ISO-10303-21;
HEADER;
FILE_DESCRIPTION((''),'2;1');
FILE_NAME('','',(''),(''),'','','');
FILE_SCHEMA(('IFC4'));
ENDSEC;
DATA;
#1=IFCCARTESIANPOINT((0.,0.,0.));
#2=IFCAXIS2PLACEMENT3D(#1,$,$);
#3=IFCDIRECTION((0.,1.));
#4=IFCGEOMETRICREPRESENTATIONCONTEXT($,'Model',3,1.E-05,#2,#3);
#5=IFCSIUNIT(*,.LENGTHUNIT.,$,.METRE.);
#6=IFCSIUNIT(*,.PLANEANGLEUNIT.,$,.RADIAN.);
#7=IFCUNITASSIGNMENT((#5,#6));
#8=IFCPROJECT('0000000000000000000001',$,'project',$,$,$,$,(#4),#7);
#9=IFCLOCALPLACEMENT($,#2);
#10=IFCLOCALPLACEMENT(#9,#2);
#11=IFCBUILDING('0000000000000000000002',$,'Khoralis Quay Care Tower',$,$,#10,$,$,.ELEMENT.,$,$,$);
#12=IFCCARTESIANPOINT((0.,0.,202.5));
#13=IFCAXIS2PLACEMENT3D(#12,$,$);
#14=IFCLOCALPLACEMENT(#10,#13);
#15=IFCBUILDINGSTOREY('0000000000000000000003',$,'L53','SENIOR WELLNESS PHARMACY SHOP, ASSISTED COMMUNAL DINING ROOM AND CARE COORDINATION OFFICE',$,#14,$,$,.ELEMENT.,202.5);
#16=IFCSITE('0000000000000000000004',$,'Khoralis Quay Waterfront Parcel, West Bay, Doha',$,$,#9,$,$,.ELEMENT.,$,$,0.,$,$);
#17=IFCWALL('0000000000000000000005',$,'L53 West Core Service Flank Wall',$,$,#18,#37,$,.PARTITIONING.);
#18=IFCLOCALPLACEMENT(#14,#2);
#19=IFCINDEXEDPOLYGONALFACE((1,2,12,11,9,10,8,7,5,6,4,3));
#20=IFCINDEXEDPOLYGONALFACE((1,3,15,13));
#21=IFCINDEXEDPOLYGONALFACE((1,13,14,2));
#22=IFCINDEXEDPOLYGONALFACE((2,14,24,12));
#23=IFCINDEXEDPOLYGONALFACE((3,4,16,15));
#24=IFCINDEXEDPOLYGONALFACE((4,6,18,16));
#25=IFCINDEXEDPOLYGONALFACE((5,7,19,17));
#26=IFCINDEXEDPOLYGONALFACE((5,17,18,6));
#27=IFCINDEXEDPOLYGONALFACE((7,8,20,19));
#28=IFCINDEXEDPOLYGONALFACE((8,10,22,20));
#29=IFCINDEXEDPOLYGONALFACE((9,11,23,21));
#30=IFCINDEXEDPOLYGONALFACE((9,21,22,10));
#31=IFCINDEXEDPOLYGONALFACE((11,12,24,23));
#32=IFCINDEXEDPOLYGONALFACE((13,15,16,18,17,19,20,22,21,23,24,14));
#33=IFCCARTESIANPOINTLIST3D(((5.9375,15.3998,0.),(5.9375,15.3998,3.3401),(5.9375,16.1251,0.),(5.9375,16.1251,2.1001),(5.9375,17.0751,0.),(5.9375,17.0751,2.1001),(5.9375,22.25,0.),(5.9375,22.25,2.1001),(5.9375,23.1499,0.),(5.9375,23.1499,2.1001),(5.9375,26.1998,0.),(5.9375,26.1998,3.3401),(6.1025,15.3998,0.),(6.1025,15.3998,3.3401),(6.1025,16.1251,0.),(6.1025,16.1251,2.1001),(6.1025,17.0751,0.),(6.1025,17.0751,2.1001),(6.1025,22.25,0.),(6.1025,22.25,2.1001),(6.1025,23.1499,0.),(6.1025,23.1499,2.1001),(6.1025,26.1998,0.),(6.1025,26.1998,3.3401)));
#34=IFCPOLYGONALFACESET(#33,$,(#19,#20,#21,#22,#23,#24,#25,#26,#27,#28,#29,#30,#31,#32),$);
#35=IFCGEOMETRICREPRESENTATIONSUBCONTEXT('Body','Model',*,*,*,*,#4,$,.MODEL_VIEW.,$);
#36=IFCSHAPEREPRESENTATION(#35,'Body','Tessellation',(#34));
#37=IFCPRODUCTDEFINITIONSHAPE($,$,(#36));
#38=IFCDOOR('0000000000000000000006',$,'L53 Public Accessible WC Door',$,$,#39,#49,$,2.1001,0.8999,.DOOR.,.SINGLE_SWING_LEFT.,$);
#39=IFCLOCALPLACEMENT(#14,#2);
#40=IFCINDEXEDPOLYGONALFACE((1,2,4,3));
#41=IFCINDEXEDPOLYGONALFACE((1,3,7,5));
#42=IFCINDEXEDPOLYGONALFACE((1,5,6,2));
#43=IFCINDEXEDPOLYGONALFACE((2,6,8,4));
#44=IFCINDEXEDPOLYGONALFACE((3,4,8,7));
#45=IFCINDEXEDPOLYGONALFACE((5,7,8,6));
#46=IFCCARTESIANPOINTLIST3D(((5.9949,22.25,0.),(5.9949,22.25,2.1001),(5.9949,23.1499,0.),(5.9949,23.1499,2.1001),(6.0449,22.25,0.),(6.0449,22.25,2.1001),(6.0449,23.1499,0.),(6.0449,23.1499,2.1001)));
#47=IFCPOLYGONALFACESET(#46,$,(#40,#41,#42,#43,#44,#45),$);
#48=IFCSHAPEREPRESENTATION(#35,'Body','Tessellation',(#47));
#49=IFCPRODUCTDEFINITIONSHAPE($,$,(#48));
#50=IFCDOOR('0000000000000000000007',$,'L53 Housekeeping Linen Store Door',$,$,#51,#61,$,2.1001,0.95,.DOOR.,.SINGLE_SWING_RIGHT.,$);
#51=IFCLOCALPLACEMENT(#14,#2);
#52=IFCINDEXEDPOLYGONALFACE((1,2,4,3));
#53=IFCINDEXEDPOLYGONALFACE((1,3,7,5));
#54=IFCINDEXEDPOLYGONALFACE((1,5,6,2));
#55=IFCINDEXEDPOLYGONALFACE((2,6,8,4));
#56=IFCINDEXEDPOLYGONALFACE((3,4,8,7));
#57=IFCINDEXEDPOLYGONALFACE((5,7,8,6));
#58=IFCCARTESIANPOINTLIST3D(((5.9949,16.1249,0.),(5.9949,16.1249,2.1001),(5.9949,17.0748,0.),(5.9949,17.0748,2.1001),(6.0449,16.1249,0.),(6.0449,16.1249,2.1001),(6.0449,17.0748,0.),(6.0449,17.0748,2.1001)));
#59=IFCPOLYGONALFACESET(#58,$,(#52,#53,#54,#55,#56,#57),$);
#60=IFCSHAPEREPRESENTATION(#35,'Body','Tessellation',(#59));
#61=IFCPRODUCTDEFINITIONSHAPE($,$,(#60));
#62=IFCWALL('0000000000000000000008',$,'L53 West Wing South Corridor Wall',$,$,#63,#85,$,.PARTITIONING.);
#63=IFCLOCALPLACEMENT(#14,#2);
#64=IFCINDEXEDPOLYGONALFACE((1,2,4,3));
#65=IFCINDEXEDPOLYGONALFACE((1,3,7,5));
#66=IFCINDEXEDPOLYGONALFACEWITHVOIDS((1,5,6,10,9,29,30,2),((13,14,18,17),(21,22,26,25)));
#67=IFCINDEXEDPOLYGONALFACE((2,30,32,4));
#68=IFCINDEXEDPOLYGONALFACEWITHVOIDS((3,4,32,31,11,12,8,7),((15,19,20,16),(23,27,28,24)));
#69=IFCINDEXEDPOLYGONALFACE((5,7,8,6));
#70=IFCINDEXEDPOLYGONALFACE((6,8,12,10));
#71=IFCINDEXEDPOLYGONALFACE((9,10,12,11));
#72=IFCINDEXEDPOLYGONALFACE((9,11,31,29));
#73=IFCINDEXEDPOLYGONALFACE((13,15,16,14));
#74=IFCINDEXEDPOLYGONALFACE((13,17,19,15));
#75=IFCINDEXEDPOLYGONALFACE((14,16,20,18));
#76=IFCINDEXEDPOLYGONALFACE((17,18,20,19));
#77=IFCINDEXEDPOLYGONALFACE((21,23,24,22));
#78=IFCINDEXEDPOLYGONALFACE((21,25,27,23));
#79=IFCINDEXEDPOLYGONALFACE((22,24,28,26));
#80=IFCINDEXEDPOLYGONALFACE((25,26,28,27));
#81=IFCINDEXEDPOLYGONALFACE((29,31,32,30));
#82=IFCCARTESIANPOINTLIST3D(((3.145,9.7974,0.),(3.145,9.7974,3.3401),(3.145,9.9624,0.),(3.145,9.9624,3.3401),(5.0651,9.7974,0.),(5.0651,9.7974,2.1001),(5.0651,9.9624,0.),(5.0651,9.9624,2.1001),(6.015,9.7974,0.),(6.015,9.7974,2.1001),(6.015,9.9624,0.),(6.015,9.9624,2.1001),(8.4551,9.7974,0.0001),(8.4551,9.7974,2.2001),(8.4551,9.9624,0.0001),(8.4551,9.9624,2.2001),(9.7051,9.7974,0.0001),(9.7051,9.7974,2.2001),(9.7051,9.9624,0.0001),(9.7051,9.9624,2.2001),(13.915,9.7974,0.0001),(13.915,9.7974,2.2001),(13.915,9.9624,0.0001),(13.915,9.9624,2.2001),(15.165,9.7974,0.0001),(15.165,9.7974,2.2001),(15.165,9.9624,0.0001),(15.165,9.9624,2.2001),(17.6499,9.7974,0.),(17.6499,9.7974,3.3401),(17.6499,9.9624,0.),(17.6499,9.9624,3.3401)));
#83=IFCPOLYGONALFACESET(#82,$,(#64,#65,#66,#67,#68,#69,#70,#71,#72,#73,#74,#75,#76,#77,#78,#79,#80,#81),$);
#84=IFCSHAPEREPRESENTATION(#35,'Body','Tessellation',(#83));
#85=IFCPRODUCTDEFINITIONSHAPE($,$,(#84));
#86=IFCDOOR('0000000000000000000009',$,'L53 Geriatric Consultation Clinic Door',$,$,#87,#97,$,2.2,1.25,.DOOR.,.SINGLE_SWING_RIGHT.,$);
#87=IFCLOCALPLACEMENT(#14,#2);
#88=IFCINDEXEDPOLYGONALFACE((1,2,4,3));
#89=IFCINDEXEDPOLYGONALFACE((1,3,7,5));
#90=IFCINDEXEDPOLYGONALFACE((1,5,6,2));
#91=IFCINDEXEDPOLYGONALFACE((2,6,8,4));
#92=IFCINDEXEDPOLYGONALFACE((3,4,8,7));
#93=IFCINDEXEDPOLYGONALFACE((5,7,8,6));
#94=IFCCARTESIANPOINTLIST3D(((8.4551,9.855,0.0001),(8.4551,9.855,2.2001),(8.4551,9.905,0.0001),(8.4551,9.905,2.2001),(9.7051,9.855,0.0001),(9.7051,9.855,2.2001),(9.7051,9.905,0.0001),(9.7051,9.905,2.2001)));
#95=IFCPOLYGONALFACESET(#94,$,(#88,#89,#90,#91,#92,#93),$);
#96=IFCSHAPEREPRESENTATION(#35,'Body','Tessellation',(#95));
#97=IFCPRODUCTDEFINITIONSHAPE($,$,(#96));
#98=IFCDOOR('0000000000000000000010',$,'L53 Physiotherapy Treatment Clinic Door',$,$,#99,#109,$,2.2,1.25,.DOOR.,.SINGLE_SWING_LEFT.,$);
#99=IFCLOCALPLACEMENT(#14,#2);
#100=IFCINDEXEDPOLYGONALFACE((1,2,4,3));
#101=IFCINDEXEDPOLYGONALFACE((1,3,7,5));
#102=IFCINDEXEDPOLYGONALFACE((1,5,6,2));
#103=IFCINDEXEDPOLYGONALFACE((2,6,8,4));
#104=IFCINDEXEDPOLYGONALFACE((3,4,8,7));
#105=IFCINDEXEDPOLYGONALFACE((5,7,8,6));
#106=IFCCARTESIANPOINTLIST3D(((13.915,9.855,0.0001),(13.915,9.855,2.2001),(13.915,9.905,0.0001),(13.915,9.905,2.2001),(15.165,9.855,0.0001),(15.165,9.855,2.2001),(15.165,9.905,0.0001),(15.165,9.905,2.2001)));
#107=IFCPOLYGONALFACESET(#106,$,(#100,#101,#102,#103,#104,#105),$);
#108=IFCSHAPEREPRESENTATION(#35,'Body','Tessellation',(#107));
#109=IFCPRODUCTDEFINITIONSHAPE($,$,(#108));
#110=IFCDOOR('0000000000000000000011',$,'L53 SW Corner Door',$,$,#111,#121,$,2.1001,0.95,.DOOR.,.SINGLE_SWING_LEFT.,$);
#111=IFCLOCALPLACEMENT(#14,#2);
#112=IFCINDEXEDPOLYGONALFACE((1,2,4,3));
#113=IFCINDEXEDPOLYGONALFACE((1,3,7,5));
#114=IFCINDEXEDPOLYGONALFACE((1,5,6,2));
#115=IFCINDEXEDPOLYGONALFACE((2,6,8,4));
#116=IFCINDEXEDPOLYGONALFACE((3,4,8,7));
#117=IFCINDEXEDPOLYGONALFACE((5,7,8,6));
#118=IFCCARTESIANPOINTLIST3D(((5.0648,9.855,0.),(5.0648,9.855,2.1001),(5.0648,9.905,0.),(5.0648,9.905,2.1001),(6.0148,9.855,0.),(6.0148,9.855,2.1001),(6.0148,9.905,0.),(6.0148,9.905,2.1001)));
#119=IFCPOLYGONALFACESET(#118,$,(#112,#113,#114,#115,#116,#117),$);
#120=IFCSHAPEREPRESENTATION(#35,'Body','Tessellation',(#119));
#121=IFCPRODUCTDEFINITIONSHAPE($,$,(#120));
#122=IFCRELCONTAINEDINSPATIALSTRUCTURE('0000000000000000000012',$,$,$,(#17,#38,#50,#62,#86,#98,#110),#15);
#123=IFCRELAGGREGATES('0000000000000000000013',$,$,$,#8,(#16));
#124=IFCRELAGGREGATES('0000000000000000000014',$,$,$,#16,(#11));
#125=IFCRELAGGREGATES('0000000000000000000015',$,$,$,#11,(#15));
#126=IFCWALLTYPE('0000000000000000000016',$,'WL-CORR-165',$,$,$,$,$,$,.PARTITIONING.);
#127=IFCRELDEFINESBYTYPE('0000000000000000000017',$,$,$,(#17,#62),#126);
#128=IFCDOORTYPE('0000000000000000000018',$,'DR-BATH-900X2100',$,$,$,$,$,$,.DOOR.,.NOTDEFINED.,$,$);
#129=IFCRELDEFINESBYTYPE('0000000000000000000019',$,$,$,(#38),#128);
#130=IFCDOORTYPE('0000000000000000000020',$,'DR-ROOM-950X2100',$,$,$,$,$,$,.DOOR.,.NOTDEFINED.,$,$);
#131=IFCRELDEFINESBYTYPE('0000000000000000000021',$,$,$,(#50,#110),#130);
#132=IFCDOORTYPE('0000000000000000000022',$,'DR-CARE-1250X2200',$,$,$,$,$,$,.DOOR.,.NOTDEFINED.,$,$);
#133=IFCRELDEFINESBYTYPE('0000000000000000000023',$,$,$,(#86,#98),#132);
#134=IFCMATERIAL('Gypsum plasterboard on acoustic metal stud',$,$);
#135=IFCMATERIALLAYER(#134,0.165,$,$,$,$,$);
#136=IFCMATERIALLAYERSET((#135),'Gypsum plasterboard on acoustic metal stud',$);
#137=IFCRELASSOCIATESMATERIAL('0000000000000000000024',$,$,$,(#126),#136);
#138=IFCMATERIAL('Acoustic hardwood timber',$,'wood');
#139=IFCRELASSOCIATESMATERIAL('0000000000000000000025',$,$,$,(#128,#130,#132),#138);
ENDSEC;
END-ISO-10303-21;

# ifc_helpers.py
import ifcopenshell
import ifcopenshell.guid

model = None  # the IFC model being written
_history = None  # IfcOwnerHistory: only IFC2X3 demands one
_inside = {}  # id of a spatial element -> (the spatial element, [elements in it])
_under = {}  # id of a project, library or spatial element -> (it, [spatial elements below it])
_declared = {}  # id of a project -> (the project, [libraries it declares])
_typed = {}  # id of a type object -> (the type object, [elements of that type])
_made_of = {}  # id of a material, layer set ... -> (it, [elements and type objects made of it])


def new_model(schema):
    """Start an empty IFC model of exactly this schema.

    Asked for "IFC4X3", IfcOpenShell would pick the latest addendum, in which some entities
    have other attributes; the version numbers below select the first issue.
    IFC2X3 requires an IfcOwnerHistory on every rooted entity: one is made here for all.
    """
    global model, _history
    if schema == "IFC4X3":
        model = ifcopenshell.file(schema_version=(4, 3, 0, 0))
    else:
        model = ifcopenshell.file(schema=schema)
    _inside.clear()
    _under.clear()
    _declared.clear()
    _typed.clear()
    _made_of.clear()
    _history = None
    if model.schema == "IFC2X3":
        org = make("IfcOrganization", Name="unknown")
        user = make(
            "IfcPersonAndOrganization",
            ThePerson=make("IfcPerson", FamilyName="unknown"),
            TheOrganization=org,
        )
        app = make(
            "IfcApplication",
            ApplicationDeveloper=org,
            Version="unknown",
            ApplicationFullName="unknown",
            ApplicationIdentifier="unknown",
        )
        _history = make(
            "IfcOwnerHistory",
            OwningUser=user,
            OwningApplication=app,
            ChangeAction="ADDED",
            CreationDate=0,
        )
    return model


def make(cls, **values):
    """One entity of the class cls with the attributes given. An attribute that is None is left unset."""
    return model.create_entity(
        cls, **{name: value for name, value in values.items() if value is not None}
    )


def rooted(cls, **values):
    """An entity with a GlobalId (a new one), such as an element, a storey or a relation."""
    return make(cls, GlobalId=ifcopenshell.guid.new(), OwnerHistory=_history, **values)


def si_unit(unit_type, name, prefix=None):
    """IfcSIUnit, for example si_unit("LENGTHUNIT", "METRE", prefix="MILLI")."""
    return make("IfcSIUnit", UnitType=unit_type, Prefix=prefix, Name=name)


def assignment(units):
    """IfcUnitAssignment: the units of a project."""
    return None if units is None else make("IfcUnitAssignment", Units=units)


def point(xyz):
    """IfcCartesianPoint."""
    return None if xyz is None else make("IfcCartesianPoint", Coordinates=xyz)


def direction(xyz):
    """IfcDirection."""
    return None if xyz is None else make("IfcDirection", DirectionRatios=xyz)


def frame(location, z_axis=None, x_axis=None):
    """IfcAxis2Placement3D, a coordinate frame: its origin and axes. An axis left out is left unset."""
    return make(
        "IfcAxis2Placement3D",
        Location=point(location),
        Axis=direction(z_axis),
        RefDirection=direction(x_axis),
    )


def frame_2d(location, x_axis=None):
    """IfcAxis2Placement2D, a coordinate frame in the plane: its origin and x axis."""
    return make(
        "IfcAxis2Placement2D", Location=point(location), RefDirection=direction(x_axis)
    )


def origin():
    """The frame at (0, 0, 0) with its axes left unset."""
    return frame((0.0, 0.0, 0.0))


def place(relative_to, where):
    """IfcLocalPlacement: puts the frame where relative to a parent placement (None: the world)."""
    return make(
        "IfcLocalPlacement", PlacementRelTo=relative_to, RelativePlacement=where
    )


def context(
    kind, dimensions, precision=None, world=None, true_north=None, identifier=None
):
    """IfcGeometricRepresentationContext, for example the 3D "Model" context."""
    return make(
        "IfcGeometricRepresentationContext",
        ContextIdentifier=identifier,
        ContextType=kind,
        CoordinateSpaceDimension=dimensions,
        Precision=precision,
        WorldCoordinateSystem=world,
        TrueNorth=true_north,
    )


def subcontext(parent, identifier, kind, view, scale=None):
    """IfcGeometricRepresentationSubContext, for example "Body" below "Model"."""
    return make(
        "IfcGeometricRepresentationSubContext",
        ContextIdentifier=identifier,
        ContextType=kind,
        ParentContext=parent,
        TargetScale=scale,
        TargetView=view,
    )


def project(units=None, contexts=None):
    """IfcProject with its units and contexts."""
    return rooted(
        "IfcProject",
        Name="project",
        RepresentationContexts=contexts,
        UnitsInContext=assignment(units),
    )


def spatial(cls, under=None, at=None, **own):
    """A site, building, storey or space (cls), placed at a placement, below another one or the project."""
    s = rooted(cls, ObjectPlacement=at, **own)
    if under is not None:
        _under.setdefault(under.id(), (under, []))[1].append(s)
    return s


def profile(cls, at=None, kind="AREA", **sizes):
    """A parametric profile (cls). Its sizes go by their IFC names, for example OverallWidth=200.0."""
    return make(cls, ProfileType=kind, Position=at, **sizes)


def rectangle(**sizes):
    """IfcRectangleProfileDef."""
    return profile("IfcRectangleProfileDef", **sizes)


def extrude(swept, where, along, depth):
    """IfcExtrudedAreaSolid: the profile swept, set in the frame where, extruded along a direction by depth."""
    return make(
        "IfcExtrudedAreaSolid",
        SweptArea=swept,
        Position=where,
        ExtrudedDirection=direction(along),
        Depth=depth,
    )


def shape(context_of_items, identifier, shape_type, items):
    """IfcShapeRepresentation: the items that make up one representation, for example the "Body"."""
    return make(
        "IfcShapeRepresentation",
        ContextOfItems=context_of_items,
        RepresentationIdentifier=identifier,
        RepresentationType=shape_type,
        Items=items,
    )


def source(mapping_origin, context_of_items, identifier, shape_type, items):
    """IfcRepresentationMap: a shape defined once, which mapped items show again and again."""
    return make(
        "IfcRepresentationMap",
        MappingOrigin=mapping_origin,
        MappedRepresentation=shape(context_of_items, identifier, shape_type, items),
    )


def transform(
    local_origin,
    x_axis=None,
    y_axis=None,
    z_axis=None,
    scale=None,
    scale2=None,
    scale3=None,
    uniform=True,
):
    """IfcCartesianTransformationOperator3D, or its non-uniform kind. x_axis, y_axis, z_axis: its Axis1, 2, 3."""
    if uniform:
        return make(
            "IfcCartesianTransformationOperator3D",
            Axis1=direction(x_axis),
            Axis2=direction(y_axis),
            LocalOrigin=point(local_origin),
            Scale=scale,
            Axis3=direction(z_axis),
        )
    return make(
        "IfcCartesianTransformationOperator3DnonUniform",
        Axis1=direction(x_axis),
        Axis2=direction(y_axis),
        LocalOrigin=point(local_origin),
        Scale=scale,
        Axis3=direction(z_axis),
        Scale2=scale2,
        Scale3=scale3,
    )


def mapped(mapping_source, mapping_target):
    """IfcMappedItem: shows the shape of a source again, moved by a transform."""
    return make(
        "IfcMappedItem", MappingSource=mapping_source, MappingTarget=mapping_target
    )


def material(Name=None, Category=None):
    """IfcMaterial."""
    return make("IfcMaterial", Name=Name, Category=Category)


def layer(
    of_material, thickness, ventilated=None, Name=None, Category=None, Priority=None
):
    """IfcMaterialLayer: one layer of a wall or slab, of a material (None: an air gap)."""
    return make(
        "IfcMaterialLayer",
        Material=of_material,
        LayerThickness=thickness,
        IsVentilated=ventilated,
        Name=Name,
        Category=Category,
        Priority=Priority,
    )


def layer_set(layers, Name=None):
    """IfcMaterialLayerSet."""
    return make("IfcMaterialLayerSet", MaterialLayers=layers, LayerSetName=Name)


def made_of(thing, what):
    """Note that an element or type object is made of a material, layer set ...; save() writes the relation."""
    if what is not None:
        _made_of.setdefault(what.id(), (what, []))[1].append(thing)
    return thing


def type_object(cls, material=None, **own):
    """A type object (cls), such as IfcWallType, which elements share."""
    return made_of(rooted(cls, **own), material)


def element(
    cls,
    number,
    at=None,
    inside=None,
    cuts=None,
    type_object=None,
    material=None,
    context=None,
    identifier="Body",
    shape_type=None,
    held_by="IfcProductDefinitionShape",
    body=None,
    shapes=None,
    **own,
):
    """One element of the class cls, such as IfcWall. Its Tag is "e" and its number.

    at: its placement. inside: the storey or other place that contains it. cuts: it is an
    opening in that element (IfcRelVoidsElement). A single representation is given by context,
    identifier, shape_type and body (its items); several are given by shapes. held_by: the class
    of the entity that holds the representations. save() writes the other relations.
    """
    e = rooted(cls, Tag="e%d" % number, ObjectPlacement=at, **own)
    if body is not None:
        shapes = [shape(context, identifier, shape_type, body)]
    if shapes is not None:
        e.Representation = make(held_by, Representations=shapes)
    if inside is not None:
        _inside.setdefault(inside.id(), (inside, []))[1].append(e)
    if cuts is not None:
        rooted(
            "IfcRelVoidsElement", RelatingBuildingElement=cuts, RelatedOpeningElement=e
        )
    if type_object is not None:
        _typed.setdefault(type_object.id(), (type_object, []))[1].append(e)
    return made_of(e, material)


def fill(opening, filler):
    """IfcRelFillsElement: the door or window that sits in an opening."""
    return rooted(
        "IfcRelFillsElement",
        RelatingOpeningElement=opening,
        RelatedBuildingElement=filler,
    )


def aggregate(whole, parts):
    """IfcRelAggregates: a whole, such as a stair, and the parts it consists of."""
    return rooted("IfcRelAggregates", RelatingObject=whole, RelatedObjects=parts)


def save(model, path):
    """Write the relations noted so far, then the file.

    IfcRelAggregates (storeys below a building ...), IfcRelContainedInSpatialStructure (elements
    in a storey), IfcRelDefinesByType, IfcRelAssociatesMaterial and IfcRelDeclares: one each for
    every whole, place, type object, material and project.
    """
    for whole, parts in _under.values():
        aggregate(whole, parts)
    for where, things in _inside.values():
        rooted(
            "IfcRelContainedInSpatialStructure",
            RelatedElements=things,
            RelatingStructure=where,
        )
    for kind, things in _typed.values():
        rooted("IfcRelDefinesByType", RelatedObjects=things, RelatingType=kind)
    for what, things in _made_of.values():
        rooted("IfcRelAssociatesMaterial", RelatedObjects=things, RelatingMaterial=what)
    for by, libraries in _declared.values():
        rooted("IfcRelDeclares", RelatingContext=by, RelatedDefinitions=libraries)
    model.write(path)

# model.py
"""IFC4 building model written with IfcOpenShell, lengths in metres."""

from ifc_helpers import new_model, si_unit, direction, frame, frame_2d, origin, place, context, subcontext, project, spatial, rectangle, extrude, source, transform, mapped, material, layer, layer_set, type_object, element, fill, save


model = new_model("IFC4")

# Units and contexts
model_context = context("Model", 3, precision=1e-05, world=origin(), true_north=direction((0.0, 1.0)))
body_context = subcontext(model_context, "Body", "Model", "MODEL_VIEW")
ifc_project = project(units=[si_unit("LENGTHUNIT", "METRE"), si_unit("PLANEANGLEUNIT", "RADIAN")], contexts=[model_context])

# Site, building, storey
site_placement = place(None, origin())
site = spatial("IfcSite", under=ifc_project, at=site_placement, Name="Khoralis Quay Waterfront Parcel, West Bay, Doha", CompositionType="ELEMENT", RefElevation=0.0)
building_placement = place(site_placement, origin())
building = spatial("IfcBuilding", under=site, at=building_placement, Name="Khoralis Quay Care Tower", CompositionType="ELEMENT")
storey_placement = place(building_placement, frame((0.0, 0.0, 202.5)))
storey = spatial("IfcBuildingStorey", under=building, at=storey_placement, Name="L53", Description="SENIOR WELLNESS PHARMACY SHOP, ASSISTED COMMUNAL DINING ROOM AND CARE COORDINATION OFFICE", CompositionType="ELEMENT", Elevation=202.5)

# Walls, openings, doors
ifc_material_1 = material(Name="Gypsum plasterboard on acoustic metal stud")
ifc_layer_1 = layer(ifc_material_1, 0.165)
ifc_layer_set_1 = layer_set([ifc_layer_1], Name="Gypsum plasterboard on acoustic metal stud")
wall_type_1 = type_object("IfcWallType", Name="WL-CORR-165", PredefinedType="PARTITIONING", material=ifc_layer_set_1)
wall_1_placement = place(storey_placement, frame((6.02, 15.3999, 0.0), z_axis=(0.0, 0.0, 1.0), x_axis=(0.0, 1.0, 0.0)))
wall_1 = element("IfcWall", 1, at=wall_1_placement, inside=storey, type_object=wall_type_1, Name="L53 West Core Service Flank Wall", PredefinedType="PARTITIONING", context=body_context, shape_type="SweptSolid", body=[
    extrude(rectangle(XDim=10.8, YDim=0.165, at=frame_2d((5.3999, 0.0))), origin(), (0.0, 0.0, 1.0), 3.3401),
])
opening_1_placement = place(wall_1_placement, frame((0.7251, 0.0, 0.0)))
opening_1 = element("IfcOpeningElement", 2, at=opening_1_placement, cuts=wall_1, PredefinedType="OPENING", context=body_context, shape_type="SweptSolid", body=[
    extrude(rectangle(XDim=0.95, YDim=2.1001, at=frame_2d((0.4751, 1.05))), frame((0.0, 0.0925, 0.0), z_axis=(0.0, -1.0, 0.0), x_axis=(1.0, 0.0, 0.0)), (0.0, 0.0, 1.0), 0.1851),
])
opening_2_placement = place(wall_1_placement, frame((6.8501, 0.0, 0.0)))
opening_2 = element("IfcOpeningElement", 3, at=opening_2_placement, cuts=wall_1, PredefinedType="OPENING", context=body_context, shape_type="SweptSolid", body=[
    extrude(rectangle(XDim=0.8999, YDim=2.1001, at=frame_2d((0.45, 1.05))), frame((0.0, 0.0925, 0.0), z_axis=(0.0, -1.0, 0.0), x_axis=(1.0, 0.0, 0.0)), (0.0, 0.0, 1.0), 0.1851),
])
ifc_material_2 = material(Name="Acoustic hardwood timber", Category="wood")
door_type_1 = type_object("IfcDoorType", Name="DR-BATH-900X2100", OperationType="NOTDEFINED", PredefinedType="DOOR", material=ifc_material_2)
shared_shape_1 = source(origin(), body_context, "Body", "SweptSolid", [
    extrude(rectangle(XDim=0.8999, YDim=2.1001, at=frame_2d((0.45, 1.05))), frame((0.0, 0.0249, 0.0), z_axis=(0.0, -1.0, 0.0), x_axis=(1.0, 0.0, 0.0)), (0.0, 0.0, 1.0), 0.05),
])
door_1_placement = place(opening_2_placement, frame((0.8999, 0.0, 0.0), z_axis=(0.0, 0.0, 1.0), x_axis=(-1.0, 0.0, 0.0)))
door_1 = element("IfcDoor", 4, at=door_1_placement, inside=storey, type_object=door_type_1, Name="L53 Public Accessible WC Door", OperationType="SINGLE_SWING_LEFT", OverallHeight=2.1001, OverallWidth=0.8999, PredefinedType="DOOR", context=body_context, shape_type="MappedRepresentation", body=[
    mapped(shared_shape_1, transform((0.0, 0.0, 0.0), scale=1.0)),
])
fill(opening_2, door_1)
door_type_2 = type_object("IfcDoorType", Name="DR-ROOM-950X2100", OperationType="NOTDEFINED", PredefinedType="DOOR", material=ifc_material_2)
shared_shape_2 = source(origin(), body_context, "Body", "SweptSolid", [
    extrude(rectangle(XDim=0.95, YDim=2.1001, at=frame_2d((0.4751, 1.05))), frame((0.0, 0.0249, 0.0), z_axis=(0.0, -1.0, 0.0), x_axis=(1.0, 0.0, 0.0)), (0.0, 0.0, 1.0), 0.05),
])
door_2_placement = place(opening_1_placement, frame((0.95, 0.0, 0.0), z_axis=(0.0, 0.0, 1.0), x_axis=(-1.0, 0.0, 0.0)))
door_2 = element("IfcDoor", 5, at=door_2_placement, inside=storey, type_object=door_type_2, Name="L53 Housekeeping Linen Store Door", OperationType="SINGLE_SWING_RIGHT", OverallHeight=2.1001, OverallWidth=0.95, PredefinedType="DOOR", context=body_context, shape_type="MappedRepresentation", body=[
    mapped(shared_shape_2, transform((0.0, 0.0, 0.0), scale=1.0)),
])
fill(opening_1, door_2)
wall_2_placement = place(storey_placement, frame((3.145, 9.8799, 0.0), z_axis=(0.0, 0.0, 1.0), x_axis=(1.0, 0.0, 0.0)))
wall_2 = element("IfcWall", 6, at=wall_2_placement, inside=storey, type_object=wall_type_1, Name="L53 West Wing South Corridor Wall", PredefinedType="PARTITIONING", context=body_context, shape_type="SweptSolid", body=[
    extrude(rectangle(XDim=14.5049, YDim=0.165, at=frame_2d((7.2524, 0.0))), origin(), (0.0, 0.0, 1.0), 3.3401),
])
opening_3_placement = place(wall_2_placement, frame((5.3101, 0.0, 0.0)))
opening_3 = element("IfcOpeningElement", 7, at=opening_3_placement, cuts=wall_2, PredefinedType="OPENING", context=body_context, shape_type="SweptSolid", body=[
    extrude(rectangle(XDim=1.25, YDim=2.2, at=frame_2d((0.625, 1.1001))), frame((0.0, 0.0925, 0.0), z_axis=(0.0, -1.0, 0.0), x_axis=(1.0, 0.0, 0.0)), (0.0, 0.0, 1.0), 0.1851),
])
opening_4_placement = place(wall_2_placement, frame((10.77, 0.0, 0.0)))
opening_4 = element("IfcOpeningElement", 8, at=opening_4_placement, cuts=wall_2, PredefinedType="OPENING", context=body_context, shape_type="SweptSolid", body=[
    extrude(rectangle(XDim=1.25, YDim=2.2, at=frame_2d((0.625, 1.1001))), frame((0.0, 0.0925, 0.0), z_axis=(0.0, -1.0, 0.0), x_axis=(1.0, 0.0, 0.0)), (0.0, 0.0, 1.0), 0.1851),
])
opening_5_placement = place(wall_2_placement, frame((1.9199, 0.0, 0.0)))
opening_5 = element("IfcOpeningElement", 9, at=opening_5_placement, cuts=wall_2, PredefinedType="OPENING", context=body_context, shape_type="SweptSolid", body=[
    extrude(rectangle(XDim=0.95, YDim=2.1001, at=frame_2d((0.4751, 1.05))), frame((0.0, 0.0925, 0.0), z_axis=(0.0, -1.0, 0.0), x_axis=(1.0, 0.0, 0.0)), (0.0, 0.0, 1.0), 0.1851),
])
door_type_3 = type_object("IfcDoorType", Name="DR-CARE-1250X2200", OperationType="NOTDEFINED", PredefinedType="DOOR", material=ifc_material_2)
shared_shape_3 = source(origin(), body_context, "Body", "SweptSolid", [
    extrude(rectangle(XDim=1.25, YDim=2.2, at=frame_2d((0.625, 1.1001))), frame((0.0, 0.0249, 0.0), z_axis=(0.0, -1.0, 0.0), x_axis=(1.0, 0.0, 0.0)), (0.0, 0.0, 1.0), 0.05),
])
door_3_placement = place(opening_3_placement, frame((1.25, 0.0, 0.0), z_axis=(0.0, 0.0, 1.0), x_axis=(-1.0, 0.0, 0.0)))
door_3 = element("IfcDoor", 10, at=door_3_placement, inside=storey, type_object=door_type_3, Name="L53 Geriatric Consultation Clinic Door", OperationType="SINGLE_SWING_RIGHT", OverallHeight=2.2, OverallWidth=1.25, PredefinedType="DOOR", context=body_context, shape_type="MappedRepresentation", body=[
    mapped(shared_shape_3, transform((0.0, 0.0, 0.0), scale=1.0)),
])
fill(opening_3, door_3)
door_4_placement = place(opening_4_placement, frame((1.25, 0.0, 0.0), z_axis=(0.0, 0.0, 1.0), x_axis=(-1.0, 0.0, 0.0)))
door_4 = element("IfcDoor", 11, at=door_4_placement, inside=storey, type_object=door_type_3, Name="L53 Physiotherapy Treatment Clinic Door", OperationType="SINGLE_SWING_LEFT", OverallHeight=2.2, OverallWidth=1.25, PredefinedType="DOOR", context=body_context, shape_type="MappedRepresentation", body=[
    mapped(shared_shape_3, transform((0.0, 0.0, 0.0), scale=1.0)),
])
fill(opening_4, door_4)
door_5_placement = place(opening_5_placement, frame((0.95, 0.0, 0.0), z_axis=(0.0, 0.0, 1.0), x_axis=(-1.0, 0.0, 0.0)))
door_5 = element("IfcDoor", 12, at=door_5_placement, inside=storey, type_object=door_type_2, Name="L53 SW Corner Door", OperationType="SINGLE_SWING_LEFT", OverallHeight=2.1001, OverallWidth=0.95, PredefinedType="DOOR", context=body_context, shape_type="MappedRepresentation", body=[
    mapped(shared_shape_2, transform((0.0, 0.0, 0.0), scale=1.0)),
])
fill(opening_5, door_5)

save(model, "model.ifc")
